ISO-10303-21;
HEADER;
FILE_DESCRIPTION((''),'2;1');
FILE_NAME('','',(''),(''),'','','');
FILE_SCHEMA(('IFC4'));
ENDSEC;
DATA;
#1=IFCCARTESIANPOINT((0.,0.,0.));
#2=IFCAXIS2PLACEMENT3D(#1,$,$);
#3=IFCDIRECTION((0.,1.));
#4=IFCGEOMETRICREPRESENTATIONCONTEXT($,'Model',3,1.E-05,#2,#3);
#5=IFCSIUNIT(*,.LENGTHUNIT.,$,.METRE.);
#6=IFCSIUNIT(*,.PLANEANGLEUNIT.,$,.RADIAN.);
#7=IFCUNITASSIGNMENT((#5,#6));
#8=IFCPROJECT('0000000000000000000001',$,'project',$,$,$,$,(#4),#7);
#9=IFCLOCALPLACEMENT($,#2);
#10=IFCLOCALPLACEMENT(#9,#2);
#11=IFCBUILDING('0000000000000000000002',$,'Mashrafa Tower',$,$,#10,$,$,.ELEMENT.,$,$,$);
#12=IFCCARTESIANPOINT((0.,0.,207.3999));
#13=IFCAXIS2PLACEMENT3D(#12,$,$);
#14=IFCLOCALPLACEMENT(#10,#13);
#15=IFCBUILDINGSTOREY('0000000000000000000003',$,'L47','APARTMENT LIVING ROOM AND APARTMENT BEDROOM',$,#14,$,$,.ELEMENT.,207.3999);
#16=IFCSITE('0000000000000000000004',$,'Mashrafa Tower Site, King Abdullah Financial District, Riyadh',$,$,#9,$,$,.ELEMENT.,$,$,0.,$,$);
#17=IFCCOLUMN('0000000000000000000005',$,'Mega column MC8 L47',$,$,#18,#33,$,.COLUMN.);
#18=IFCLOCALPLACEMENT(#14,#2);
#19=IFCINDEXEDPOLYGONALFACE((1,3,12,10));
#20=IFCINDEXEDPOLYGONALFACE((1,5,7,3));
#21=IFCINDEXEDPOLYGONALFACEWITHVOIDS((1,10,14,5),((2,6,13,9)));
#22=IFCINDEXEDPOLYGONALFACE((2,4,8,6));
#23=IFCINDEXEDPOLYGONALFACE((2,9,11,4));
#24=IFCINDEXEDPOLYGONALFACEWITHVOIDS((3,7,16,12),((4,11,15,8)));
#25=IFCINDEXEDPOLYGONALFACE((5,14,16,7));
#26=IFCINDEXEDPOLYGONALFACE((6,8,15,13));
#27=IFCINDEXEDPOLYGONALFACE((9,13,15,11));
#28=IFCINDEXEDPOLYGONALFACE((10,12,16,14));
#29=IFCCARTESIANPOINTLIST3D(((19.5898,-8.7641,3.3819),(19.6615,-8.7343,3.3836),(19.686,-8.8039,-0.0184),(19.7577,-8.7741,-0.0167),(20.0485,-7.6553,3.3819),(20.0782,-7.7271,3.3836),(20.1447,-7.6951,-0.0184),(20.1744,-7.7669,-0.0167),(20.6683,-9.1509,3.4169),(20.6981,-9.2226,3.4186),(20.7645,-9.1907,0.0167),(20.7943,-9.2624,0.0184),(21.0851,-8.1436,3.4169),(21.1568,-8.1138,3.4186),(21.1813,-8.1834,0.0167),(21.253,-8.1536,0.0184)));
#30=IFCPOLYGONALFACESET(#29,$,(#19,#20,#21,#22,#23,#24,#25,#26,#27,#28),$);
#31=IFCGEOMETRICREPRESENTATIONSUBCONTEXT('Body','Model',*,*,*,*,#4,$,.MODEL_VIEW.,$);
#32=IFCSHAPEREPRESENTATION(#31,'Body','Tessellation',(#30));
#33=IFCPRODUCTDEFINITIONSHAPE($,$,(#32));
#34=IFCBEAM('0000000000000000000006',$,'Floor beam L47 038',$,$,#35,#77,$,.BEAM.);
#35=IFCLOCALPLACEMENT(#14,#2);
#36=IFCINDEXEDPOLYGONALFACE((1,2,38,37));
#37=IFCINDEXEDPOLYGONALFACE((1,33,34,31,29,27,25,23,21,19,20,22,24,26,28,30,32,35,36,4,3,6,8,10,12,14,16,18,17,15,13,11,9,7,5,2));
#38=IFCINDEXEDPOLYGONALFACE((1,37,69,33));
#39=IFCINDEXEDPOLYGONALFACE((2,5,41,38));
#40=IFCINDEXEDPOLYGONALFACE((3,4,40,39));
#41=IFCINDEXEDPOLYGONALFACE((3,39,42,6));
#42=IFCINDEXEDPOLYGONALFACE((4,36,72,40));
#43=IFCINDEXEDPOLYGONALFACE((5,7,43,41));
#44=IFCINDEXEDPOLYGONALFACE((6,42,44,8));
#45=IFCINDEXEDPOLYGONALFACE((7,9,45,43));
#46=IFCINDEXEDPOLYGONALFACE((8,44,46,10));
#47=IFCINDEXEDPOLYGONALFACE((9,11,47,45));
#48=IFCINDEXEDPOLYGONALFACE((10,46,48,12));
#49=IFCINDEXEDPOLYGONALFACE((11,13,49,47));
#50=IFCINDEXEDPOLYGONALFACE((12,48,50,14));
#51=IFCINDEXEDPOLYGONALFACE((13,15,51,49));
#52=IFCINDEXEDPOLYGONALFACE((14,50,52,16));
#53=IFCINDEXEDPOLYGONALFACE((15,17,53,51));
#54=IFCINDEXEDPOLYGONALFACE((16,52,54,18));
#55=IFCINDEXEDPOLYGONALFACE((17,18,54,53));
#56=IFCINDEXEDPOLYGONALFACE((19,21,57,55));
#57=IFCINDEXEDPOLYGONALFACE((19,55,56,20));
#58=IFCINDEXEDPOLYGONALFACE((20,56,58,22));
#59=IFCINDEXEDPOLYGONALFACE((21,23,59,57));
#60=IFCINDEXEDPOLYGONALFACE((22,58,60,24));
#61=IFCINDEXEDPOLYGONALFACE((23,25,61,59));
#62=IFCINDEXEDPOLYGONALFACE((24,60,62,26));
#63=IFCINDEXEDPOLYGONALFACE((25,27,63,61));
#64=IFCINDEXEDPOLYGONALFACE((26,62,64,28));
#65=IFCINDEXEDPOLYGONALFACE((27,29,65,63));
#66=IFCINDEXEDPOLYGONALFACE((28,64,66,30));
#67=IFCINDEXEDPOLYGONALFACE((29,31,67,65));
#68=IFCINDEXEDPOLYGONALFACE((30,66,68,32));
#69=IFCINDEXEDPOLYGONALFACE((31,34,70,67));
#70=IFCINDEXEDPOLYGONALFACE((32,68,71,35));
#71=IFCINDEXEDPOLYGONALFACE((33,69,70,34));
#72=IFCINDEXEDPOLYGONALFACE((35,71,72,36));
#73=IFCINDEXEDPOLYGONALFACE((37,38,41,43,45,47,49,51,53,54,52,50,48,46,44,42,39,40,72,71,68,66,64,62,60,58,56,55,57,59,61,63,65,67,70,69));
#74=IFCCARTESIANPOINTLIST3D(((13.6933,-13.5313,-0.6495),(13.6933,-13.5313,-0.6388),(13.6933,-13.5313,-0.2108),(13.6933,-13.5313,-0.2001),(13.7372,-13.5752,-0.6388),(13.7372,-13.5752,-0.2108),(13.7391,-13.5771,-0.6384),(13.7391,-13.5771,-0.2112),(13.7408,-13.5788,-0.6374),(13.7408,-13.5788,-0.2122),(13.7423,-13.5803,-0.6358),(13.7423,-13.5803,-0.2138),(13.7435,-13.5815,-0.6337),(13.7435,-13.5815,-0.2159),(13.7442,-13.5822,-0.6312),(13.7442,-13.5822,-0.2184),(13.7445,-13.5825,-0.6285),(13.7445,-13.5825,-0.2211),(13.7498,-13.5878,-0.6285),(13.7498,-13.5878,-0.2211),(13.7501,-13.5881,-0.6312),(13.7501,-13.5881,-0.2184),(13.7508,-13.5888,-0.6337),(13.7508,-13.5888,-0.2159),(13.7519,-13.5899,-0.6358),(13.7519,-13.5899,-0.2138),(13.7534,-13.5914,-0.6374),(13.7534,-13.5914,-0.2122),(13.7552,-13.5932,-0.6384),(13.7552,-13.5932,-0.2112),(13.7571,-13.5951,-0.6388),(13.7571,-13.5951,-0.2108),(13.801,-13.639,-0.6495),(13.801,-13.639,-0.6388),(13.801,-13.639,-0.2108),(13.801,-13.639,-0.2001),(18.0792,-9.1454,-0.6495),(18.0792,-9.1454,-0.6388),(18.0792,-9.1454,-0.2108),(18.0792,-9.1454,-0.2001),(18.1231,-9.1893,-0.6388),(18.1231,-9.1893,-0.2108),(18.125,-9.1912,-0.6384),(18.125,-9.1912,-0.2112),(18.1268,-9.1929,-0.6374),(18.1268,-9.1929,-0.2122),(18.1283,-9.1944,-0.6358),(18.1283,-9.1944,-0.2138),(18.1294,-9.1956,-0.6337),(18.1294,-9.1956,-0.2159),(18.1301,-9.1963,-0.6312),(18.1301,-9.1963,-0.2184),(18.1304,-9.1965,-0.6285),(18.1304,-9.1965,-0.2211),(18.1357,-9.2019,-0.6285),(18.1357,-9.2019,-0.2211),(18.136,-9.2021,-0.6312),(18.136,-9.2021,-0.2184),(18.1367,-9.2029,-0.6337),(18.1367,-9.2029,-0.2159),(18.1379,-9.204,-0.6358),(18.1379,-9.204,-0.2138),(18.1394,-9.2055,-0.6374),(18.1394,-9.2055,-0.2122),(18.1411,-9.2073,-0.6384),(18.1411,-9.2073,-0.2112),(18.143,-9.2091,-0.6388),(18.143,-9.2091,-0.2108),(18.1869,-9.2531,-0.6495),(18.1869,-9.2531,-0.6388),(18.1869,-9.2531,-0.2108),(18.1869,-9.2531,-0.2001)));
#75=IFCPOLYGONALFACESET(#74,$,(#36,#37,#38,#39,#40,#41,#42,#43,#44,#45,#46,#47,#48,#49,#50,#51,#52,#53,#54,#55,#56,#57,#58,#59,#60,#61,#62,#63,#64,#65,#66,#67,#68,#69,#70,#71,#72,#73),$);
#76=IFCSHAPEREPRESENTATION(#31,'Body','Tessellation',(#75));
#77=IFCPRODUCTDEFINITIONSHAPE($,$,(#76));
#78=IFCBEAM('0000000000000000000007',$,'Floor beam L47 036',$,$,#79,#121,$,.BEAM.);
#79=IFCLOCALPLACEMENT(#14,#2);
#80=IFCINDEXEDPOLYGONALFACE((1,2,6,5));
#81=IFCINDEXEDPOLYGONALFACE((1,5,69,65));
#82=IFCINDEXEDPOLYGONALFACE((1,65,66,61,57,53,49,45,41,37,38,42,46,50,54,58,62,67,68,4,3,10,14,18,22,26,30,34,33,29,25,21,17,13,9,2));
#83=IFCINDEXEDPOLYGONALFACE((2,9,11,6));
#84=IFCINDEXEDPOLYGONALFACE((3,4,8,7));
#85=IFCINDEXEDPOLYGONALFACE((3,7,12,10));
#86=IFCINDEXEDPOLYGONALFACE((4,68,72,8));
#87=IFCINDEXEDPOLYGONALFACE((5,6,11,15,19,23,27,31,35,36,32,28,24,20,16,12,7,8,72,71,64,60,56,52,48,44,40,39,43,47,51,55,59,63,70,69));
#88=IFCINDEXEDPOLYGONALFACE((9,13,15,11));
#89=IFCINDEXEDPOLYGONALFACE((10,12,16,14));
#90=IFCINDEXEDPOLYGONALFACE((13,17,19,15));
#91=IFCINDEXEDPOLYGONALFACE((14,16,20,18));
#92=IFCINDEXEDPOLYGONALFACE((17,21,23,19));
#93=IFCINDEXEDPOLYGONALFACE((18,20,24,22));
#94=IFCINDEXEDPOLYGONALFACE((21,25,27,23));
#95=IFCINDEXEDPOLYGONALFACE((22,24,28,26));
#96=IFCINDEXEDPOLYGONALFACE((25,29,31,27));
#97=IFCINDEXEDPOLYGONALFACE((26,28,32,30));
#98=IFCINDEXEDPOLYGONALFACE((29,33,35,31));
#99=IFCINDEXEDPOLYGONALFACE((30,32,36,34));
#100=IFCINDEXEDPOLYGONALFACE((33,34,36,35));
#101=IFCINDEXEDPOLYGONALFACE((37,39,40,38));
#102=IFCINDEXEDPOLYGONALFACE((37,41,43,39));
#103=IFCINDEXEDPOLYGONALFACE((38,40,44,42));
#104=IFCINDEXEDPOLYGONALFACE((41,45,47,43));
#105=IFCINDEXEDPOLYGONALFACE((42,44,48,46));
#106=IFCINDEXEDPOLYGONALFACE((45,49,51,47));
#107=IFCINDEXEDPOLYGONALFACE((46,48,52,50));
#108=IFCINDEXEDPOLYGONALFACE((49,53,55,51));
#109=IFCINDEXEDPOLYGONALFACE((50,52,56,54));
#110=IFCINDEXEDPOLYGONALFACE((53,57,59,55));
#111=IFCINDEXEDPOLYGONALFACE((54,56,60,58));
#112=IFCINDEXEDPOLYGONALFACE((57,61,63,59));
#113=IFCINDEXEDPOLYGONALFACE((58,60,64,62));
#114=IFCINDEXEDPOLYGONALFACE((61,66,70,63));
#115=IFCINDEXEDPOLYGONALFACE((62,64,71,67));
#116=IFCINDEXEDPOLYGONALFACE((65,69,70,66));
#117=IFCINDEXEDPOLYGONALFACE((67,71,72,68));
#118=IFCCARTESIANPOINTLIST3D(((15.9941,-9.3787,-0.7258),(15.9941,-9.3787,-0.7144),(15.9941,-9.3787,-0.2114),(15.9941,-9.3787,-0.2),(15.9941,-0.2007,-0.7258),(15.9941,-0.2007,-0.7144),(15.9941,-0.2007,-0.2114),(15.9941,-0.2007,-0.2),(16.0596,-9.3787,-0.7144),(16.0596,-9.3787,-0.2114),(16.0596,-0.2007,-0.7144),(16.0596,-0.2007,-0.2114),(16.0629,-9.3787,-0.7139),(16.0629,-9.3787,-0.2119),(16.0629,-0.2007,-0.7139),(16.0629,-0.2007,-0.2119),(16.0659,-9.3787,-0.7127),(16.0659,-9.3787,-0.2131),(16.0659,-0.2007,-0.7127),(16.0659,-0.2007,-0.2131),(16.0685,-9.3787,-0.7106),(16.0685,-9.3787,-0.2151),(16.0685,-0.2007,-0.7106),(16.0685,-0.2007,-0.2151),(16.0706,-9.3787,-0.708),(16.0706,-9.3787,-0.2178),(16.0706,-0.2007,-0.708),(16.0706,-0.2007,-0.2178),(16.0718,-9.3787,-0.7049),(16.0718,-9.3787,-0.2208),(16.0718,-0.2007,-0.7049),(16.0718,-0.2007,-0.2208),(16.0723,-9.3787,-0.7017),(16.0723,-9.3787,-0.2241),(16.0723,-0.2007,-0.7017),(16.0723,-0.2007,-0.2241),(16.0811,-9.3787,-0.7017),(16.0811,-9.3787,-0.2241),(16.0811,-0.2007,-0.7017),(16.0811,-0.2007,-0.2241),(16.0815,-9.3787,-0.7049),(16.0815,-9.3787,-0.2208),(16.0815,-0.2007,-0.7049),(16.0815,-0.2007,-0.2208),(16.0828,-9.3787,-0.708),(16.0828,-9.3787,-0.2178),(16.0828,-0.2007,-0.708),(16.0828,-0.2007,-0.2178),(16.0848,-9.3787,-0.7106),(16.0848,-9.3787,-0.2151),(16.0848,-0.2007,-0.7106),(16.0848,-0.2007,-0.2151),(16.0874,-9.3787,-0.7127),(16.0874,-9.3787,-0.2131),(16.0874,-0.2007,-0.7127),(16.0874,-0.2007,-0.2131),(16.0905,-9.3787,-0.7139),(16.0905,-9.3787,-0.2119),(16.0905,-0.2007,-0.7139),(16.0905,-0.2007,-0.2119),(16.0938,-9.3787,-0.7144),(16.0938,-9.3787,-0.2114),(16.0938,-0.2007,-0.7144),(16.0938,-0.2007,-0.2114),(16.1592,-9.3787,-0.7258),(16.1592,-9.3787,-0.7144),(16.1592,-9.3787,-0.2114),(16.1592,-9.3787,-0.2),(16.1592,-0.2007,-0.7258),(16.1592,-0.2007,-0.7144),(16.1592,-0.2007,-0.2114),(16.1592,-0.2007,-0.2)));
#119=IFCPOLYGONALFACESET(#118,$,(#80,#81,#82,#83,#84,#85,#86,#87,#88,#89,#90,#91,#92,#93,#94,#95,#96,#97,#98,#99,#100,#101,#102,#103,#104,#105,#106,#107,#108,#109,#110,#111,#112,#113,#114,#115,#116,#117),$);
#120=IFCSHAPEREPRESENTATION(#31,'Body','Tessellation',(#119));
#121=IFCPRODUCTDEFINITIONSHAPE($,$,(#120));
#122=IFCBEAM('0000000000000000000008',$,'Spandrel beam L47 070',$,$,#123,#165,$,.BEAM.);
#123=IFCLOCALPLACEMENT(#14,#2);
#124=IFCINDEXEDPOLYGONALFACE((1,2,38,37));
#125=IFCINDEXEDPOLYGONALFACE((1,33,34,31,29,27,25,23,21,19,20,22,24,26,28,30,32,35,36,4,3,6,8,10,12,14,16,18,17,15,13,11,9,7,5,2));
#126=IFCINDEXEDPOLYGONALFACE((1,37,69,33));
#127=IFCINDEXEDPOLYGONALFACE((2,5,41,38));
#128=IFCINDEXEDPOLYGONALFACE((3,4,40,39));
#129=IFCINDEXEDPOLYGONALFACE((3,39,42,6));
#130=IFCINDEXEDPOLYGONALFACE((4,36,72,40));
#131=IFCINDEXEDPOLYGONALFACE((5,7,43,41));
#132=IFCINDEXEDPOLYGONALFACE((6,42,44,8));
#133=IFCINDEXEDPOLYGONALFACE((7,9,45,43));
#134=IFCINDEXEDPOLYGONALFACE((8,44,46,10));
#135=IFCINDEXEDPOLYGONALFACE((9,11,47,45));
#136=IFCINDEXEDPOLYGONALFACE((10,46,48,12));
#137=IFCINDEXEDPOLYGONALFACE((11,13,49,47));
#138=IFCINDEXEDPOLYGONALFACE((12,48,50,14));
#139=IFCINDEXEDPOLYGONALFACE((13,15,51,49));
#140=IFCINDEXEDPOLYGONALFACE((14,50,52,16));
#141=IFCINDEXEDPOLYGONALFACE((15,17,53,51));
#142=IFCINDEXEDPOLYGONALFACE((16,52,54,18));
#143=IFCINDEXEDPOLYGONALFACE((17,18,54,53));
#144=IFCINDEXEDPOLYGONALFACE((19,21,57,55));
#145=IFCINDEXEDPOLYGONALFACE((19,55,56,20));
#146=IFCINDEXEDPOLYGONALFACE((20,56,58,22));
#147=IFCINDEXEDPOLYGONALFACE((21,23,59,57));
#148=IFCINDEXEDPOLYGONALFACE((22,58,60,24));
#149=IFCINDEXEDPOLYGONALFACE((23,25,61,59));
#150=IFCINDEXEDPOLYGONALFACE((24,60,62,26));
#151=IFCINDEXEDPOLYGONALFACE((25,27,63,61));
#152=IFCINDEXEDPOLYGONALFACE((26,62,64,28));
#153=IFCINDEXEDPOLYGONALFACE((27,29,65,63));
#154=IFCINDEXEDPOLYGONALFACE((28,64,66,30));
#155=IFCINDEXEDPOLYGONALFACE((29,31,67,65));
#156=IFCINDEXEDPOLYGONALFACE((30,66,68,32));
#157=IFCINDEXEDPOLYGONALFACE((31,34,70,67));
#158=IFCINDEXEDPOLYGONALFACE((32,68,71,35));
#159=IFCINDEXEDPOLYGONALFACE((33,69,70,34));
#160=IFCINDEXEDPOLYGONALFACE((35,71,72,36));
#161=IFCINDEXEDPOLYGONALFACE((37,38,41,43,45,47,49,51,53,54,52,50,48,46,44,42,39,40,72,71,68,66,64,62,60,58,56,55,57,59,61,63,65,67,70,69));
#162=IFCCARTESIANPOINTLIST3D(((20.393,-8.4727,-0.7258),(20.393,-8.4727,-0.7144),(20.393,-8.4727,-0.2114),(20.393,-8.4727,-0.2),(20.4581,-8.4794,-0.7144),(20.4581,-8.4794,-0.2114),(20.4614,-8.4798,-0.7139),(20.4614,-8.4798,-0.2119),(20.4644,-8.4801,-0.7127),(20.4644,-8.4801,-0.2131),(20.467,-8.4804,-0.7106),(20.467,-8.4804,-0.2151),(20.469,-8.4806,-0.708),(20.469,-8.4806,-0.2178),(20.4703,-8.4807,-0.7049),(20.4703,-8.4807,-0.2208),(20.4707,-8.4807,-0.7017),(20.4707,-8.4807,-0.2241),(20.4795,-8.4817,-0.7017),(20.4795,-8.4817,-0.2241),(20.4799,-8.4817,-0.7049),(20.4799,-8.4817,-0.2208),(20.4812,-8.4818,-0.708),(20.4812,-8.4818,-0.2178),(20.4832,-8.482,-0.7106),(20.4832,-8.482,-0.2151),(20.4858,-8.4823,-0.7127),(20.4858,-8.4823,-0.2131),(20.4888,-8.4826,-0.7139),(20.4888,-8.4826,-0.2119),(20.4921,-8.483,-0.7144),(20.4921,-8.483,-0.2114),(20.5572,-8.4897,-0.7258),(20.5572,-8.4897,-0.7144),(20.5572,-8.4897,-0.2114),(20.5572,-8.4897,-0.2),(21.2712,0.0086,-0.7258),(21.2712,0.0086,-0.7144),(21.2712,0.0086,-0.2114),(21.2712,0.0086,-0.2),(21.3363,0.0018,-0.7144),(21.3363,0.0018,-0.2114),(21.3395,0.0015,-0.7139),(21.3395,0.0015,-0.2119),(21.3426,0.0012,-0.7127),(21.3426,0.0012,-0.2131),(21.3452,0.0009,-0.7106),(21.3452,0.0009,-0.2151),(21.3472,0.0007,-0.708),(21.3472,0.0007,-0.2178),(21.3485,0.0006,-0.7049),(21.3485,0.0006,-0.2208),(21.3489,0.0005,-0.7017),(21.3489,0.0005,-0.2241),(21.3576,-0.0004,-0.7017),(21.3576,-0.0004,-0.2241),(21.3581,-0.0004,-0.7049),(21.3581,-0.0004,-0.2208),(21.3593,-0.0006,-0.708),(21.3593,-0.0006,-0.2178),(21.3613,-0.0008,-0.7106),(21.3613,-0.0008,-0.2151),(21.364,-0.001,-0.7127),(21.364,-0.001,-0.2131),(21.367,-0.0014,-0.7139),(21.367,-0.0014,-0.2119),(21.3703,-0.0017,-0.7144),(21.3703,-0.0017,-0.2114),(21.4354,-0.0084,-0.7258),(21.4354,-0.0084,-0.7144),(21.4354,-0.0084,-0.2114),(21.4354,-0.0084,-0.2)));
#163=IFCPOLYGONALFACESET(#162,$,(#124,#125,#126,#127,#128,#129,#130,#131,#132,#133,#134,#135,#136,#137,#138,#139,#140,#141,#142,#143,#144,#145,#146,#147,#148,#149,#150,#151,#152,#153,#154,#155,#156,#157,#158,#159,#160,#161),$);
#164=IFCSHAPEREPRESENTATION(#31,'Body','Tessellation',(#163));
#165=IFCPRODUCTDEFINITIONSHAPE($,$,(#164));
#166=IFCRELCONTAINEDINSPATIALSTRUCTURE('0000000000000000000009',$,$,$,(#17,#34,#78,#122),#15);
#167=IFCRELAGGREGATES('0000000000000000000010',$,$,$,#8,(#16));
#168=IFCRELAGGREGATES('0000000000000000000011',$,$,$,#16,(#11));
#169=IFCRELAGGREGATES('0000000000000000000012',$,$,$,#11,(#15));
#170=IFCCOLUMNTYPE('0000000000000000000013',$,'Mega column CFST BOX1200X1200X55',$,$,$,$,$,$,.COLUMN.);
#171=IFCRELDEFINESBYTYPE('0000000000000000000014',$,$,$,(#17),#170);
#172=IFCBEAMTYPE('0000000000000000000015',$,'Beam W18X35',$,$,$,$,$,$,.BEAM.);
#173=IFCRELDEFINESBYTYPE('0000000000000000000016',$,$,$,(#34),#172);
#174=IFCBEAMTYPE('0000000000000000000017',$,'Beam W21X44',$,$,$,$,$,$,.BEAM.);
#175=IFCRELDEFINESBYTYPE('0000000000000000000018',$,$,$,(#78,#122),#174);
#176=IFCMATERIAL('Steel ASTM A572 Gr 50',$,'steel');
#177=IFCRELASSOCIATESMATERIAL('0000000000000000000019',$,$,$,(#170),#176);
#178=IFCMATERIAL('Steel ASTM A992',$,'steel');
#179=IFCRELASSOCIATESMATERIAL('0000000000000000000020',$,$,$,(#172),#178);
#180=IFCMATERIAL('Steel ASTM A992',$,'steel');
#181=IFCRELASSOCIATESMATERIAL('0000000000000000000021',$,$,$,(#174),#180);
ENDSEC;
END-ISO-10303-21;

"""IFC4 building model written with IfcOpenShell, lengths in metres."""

from ifc_helpers import new_model, si_unit, direction, frame, origin, origin_2d, place, context, subcontext, project, spatial, hollow_rectangle, i_section, extrude, material, material_profile, profile_set, type_object, element, save


model = new_model("IFC4")

# Units and contexts
model_context = context("Model", 3, precision=1e-05, world=origin(), true_north=direction((0.0, 1.0)))
body_context = subcontext(model_context, "Body", "Model", "MODEL_VIEW")
ifc_project = project(units=[si_unit("LENGTHUNIT", "METRE"), si_unit("PLANEANGLEUNIT", "RADIAN")], contexts=[model_context])

# Site, building, storey
site_placement = place(None, origin())
site = spatial("IfcSite", under=ifc_project, at=site_placement, Name="Mashrafa Tower Site, King Abdullah Financial District, Riyadh", CompositionType="ELEMENT", RefElevation=0.0)
building_placement = place(site_placement, origin())
building = spatial("IfcBuilding", under=site, at=building_placement, Name="Mashrafa Tower", CompositionType="ELEMENT")
storey_placement = place(building_placement, frame((0.0, 0.0, 207.3999)))
storey = spatial("IfcBuildingStorey", under=building, at=storey_placement, Name="L47", Description="APARTMENT LIVING ROOM AND APARTMENT BEDROOM", CompositionType="ELEMENT", Elevation=207.3999)

# Column
ifc_material_1 = material(Name="Steel ASTM A572 Gr 50", Category="steel")
ifc_material_profile_1 = material_profile(ifc_material_1, hollow_rectangle(XDim=1.2, YDim=1.2, WallThickness=0.0549, at=origin_2d()), Name="BOX1200X1200X55")
ifc_profile_set_1 = profile_set([ifc_material_profile_1], Name="Steel ASTM A572 Gr 50")
column_type = type_object("IfcColumnType", Name="Mega column CFST BOX1200X1200X55", PredefinedType="COLUMN", material=ifc_profile_set_1)
column_placement = place(storey_placement, frame((20.4695, -8.4788, 0.0), z_axis=(-0.028277, 0.011698, 0.999532), x_axis=(-0.382283, -0.924045, 0.0)))
element("IfcColumn", 1, at=column_placement, inside=storey, type_object=column_type, Name="Mega column MC8 L47", PredefinedType="COLUMN", context=body_context, shape_type="SweptSolid", body=[
    extrude(hollow_rectangle(XDim=1.2, YDim=1.2, WallThickness=0.0549, at=origin_2d()), origin(), (0.0, 0.0, 1.0), 3.4019),
])

# Beams
ifc_material_2 = material(Name="Steel ASTM A992", Category="steel")
ifc_material_profile_2 = material_profile(ifc_material_2, i_section(OverallWidth=0.1523, OverallDepth=0.4495, WebThickness=0.0076, FlangeThickness=0.0107, FilletRadius=0.0103, at=origin_2d()), Name="W18X35")
ifc_profile_set_2 = profile_set([ifc_material_profile_2], Name="Steel ASTM A992")
beam_type_1 = type_object("IfcBeamType", Name="Beam W18X35", PredefinedType="BEAM", material=ifc_profile_set_2)
beam_1_placement = place(storey_placement, frame((18.1331, -9.1992, -0.4248), z_axis=(-0.707107, -0.707107, 0.0), x_axis=(0.707107, -0.707107, 0.0)))
element("IfcBeam", 2, at=beam_1_placement, inside=storey, type_object=beam_type_1, Name="Floor beam L47 038", PredefinedType="BEAM", context=body_context, shape_type="SweptSolid", body=[
    extrude(i_section(OverallWidth=0.1523, OverallDepth=0.4495, WebThickness=0.0076, FlangeThickness=0.0107, FilletRadius=0.0103, at=origin_2d()), origin(), (0.0, 0.0, 1.0), 6.2026),
])
ifc_material_3 = material(Name="Steel ASTM A992", Category="steel")
ifc_material_profile_3 = material_profile(ifc_material_3, i_section(OverallWidth=0.165, OverallDepth=0.5259, WebThickness=0.0088, FlangeThickness=0.0115, FilletRadius=0.0127, at=origin_2d()), Name="W21X44")
ifc_profile_set_3 = profile_set([ifc_material_profile_3], Name="Steel ASTM A992")
beam_type_2 = type_object("IfcBeamType", Name="Beam W21X44", PredefinedType="BEAM", material=ifc_profile_set_3)
beam_2_placement = place(storey_placement, frame((16.0767, -0.2007, -0.4629), z_axis=(0.0, -1.0, 0.0), x_axis=(1.0, 0.0, 0.0)))
element("IfcBeam", 3, at=beam_2_placement, inside=storey, type_object=beam_type_2, Name="Floor beam L47 036", PredefinedType="BEAM", context=body_context, shape_type="SweptSolid", body=[
    extrude(i_section(OverallWidth=0.165, OverallDepth=0.5259, WebThickness=0.0088, FlangeThickness=0.0115, FilletRadius=0.0127, at=origin_2d()), origin(), (0.0, 0.0, 1.0), 9.178),
])
beam_3_placement = place(storey_placement, frame((20.4751, -8.4812, -0.4629), z_axis=(0.102993, 0.994682, 0.0), x_axis=(-0.994682, 0.102993, 0.0)))
element("IfcBeam", 4, at=beam_3_placement, inside=storey, type_object=beam_type_2, Name="Spandrel beam L47 070", PredefinedType="BEAM", context=body_context, shape_type="SweptSolid", body=[
    extrude(i_section(OverallWidth=0.165, OverallDepth=0.5259, WebThickness=0.0088, FlangeThickness=0.0115, FilletRadius=0.0127, at=origin_2d()), origin(), (0.0, 0.0, 1.0), 8.5266),
])

save(model, "model.ifc")
